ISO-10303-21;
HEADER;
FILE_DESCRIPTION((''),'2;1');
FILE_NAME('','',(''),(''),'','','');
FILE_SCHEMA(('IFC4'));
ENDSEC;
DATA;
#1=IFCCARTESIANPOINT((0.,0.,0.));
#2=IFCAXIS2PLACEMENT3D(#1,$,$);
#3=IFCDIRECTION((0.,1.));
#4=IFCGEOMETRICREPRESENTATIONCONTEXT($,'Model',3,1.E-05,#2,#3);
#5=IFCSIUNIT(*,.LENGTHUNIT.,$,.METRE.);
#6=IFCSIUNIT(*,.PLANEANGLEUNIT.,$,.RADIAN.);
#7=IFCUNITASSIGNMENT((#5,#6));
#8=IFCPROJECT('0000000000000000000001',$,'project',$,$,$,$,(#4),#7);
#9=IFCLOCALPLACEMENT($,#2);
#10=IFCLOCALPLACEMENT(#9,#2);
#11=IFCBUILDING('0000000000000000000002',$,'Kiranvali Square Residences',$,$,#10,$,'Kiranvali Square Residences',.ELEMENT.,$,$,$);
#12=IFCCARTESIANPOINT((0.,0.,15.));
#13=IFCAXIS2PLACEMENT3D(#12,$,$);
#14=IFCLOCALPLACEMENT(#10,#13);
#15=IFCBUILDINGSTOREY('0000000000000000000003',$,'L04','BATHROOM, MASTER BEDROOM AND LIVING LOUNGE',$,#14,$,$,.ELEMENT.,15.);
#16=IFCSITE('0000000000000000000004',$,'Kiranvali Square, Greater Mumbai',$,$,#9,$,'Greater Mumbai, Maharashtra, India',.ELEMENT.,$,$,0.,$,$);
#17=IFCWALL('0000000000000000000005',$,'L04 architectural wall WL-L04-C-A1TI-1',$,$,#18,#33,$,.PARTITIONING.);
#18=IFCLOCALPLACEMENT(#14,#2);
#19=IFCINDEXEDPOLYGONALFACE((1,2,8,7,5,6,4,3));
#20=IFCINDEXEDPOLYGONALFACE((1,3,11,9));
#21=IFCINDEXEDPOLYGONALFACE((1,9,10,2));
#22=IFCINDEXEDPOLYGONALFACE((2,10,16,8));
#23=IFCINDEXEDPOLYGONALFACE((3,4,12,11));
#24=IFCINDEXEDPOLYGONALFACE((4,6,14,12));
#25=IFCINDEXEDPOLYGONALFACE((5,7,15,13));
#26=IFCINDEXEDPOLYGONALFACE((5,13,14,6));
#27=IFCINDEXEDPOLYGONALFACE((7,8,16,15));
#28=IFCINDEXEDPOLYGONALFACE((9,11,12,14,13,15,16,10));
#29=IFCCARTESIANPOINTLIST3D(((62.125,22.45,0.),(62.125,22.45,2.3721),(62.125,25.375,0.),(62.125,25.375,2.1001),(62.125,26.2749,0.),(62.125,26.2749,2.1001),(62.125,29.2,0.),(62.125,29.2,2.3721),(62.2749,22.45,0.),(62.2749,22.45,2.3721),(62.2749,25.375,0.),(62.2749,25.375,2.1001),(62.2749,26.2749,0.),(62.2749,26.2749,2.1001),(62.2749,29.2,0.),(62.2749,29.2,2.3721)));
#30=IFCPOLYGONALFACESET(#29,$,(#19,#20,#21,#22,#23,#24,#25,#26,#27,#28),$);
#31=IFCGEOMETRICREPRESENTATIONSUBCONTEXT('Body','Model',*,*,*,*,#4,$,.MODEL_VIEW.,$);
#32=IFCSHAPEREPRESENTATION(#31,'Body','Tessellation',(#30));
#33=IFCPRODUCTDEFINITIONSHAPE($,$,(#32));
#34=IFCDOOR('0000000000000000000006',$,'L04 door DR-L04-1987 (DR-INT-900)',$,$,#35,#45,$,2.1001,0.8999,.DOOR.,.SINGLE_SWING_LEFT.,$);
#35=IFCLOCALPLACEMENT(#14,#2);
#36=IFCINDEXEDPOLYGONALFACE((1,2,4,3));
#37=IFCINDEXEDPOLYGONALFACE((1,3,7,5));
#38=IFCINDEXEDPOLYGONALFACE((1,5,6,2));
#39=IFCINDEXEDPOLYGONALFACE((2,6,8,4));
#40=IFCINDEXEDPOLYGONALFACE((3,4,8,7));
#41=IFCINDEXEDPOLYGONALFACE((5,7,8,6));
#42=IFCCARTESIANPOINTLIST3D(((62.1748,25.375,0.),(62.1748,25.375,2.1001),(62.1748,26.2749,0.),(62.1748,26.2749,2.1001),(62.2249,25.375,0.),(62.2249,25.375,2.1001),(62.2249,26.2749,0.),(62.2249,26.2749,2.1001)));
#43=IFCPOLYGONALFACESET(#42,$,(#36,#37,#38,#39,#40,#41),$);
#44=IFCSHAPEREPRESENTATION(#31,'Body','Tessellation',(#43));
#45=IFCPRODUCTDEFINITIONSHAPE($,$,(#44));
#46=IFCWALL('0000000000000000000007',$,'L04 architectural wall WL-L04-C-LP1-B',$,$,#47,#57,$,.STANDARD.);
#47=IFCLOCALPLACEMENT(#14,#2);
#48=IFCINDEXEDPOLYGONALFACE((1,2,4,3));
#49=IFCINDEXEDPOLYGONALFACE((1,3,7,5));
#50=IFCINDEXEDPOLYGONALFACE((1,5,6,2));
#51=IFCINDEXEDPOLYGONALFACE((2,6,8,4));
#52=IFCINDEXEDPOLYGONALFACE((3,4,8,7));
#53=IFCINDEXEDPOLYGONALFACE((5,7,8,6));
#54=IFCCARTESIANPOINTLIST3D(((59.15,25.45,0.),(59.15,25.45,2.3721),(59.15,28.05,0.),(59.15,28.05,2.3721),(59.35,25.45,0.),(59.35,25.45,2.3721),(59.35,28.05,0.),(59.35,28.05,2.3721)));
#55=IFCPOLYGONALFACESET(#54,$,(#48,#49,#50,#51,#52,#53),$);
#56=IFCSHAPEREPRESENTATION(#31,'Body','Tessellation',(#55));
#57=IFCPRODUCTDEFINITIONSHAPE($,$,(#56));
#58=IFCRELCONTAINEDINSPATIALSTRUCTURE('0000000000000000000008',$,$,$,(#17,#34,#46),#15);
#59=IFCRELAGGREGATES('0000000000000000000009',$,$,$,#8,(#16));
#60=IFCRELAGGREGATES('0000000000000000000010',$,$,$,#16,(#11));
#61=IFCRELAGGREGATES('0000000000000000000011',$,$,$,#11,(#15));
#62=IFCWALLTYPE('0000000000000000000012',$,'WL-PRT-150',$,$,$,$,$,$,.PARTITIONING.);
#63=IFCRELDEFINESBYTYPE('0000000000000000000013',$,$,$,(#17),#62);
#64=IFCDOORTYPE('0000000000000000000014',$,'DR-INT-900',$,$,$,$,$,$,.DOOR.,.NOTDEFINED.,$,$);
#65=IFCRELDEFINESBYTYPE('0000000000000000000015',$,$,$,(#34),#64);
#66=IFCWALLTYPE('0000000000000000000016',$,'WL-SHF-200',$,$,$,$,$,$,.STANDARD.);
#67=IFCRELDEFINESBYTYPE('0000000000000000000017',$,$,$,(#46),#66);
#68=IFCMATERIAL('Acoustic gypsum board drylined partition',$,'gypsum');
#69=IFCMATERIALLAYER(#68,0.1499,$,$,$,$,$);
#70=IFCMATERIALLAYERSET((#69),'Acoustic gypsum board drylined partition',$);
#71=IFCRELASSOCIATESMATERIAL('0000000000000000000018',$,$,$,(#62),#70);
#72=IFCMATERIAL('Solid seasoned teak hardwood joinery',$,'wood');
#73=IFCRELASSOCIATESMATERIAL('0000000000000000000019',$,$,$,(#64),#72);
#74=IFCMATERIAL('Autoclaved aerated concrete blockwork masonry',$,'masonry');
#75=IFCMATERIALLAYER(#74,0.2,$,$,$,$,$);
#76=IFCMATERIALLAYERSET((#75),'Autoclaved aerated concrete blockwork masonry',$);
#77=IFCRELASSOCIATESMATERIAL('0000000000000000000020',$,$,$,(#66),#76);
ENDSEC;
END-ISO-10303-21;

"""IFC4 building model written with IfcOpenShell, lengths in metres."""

from ifc_helpers import new_model, si_unit, direction, frame, frame_2d, origin, place, context, subcontext, project, spatial, rectangle, extrude, material, layer, layer_set, type_object, element, fill, save


model = new_model("IFC4")

# Units and contexts
model_context = context("Model", 3, precision=1e-05, world=origin(), true_north=direction((0.0, 1.0)))
body_context = subcontext(model_context, "Body", "Model", "MODEL_VIEW")
ifc_project = project(units=[si_unit("LENGTHUNIT", "METRE"), si_unit("PLANEANGLEUNIT", "RADIAN")], contexts=[model_context])

# Site, building, storey
site_placement = place(None, origin())
site = spatial("IfcSite", under=ifc_project, at=site_placement, Name="Kiranvali Square, Greater Mumbai", LongName="Greater Mumbai, Maharashtra, India", CompositionType="ELEMENT", RefElevation=0.0)
building_placement = place(site_placement, origin())
building = spatial("IfcBuilding", under=site, at=building_placement, Name="Kiranvali Square Residences", LongName="Kiranvali Square Residences", CompositionType="ELEMENT")
storey_placement = place(building_placement, frame((0.0, 0.0, 15.0)))
storey = spatial("IfcBuildingStorey", under=building, at=storey_placement, Name="L04", Description="BATHROOM, MASTER BEDROOM AND LIVING LOUNGE", CompositionType="ELEMENT", Elevation=15.0)

# Shared definitions
ifc_material_1 = material(Name="Autoclaved aerated concrete blockwork masonry", Category="masonry")

# Wall, opening, door
ifc_material_2 = material(Name="Acoustic gypsum board drylined partition", Category="gypsum")
ifc_layer_1 = layer(ifc_material_2, 0.1499)
ifc_layer_set_1 = layer_set([ifc_layer_1], Name="Acoustic gypsum board drylined partition")
wall_type_1 = type_object("IfcWallType", Name="WL-PRT-150", PredefinedType="PARTITIONING", material=ifc_layer_set_1)
wall_1_placement = place(storey_placement, frame((62.2, 29.2, 0.0), z_axis=(0.0, 0.0, 1.0), x_axis=(0.0, -1.0, 0.0)))
wall_1 = element("IfcWall", 1, at=wall_1_placement, inside=storey, type_object=wall_type_1, Name="L04 architectural wall WL-L04-C-A1TI-1", PredefinedType="PARTITIONING", context=body_context, shape_type="SweptSolid", body=[
    extrude(rectangle(XDim=6.75, YDim=0.1499, at=frame_2d((3.375, 0.0))), origin(), (0.0, 0.0, 1.0), 2.3721),
])
opening_1_placement = place(wall_1_placement, frame((2.925, 0.0, 0.0)))
opening_1 = element("IfcOpeningElement", 2, at=opening_1_placement, cuts=wall_1, PredefinedType="OPENING", context=body_context, shape_type="SweptSolid", body=[
    extrude(rectangle(XDim=0.8999, YDim=2.1001, at=frame_2d((0.45, 1.05))), frame((0.0, 0.085, 0.0), z_axis=(0.0, -1.0, 0.0), x_axis=(1.0, 0.0, 0.0)), (0.0, 0.0, 1.0), 0.1699),
])
ifc_material_3 = material(Name="Solid seasoned teak hardwood joinery", Category="wood")
door_type_1 = type_object("IfcDoorType", Name="DR-INT-900", OperationType="NOTDEFINED", PredefinedType="DOOR", material=ifc_material_3)
door_1_placement = place(opening_1_placement, origin())
door_1 = element("IfcDoor", 3, at=door_1_placement, inside=storey, type_object=door_type_1, Name="L04 door DR-L04-1987 (DR-INT-900)", OperationType="SINGLE_SWING_LEFT", OverallHeight=2.1001, OverallWidth=0.8999, PredefinedType="DOOR", context=body_context, shape_type="SweptSolid", body=[
    extrude(rectangle(XDim=0.8999, YDim=2.1001, at=frame_2d((0.45, 1.05))), frame((0.0, 0.0249, 0.0), z_axis=(0.0, -1.0, 0.0), x_axis=(1.0, 0.0, 0.0)), (0.0, 0.0, 1.0), 0.05),
])
fill(opening_1, door_1)

# Wall
ifc_layer_2 = layer(ifc_material_1, 0.2)
ifc_layer_set_2 = layer_set([ifc_layer_2], Name="Autoclaved aerated concrete blockwork masonry")
wall_type_2 = type_object("IfcWallType", Name="WL-SHF-200", PredefinedType="STANDARD", material=ifc_layer_set_2)
wall_2_placement = place(storey_placement, frame((59.25, 28.05, 0.0), z_axis=(0.0, 0.0, 1.0), x_axis=(0.0, -1.0, 0.0)))
element("IfcWall", 4, at=wall_2_placement, inside=storey, type_object=wall_type_2, Name="L04 architectural wall WL-L04-C-LP1-B", PredefinedType="STANDARD", context=body_context, shape_type="SweptSolid", body=[
    extrude(rectangle(XDim=2.6001, YDim=0.2, at=frame_2d((1.3, 0.0))), origin(), (0.0, 0.0, 1.0), 2.3721),
])

save(model, "model.ifc")
